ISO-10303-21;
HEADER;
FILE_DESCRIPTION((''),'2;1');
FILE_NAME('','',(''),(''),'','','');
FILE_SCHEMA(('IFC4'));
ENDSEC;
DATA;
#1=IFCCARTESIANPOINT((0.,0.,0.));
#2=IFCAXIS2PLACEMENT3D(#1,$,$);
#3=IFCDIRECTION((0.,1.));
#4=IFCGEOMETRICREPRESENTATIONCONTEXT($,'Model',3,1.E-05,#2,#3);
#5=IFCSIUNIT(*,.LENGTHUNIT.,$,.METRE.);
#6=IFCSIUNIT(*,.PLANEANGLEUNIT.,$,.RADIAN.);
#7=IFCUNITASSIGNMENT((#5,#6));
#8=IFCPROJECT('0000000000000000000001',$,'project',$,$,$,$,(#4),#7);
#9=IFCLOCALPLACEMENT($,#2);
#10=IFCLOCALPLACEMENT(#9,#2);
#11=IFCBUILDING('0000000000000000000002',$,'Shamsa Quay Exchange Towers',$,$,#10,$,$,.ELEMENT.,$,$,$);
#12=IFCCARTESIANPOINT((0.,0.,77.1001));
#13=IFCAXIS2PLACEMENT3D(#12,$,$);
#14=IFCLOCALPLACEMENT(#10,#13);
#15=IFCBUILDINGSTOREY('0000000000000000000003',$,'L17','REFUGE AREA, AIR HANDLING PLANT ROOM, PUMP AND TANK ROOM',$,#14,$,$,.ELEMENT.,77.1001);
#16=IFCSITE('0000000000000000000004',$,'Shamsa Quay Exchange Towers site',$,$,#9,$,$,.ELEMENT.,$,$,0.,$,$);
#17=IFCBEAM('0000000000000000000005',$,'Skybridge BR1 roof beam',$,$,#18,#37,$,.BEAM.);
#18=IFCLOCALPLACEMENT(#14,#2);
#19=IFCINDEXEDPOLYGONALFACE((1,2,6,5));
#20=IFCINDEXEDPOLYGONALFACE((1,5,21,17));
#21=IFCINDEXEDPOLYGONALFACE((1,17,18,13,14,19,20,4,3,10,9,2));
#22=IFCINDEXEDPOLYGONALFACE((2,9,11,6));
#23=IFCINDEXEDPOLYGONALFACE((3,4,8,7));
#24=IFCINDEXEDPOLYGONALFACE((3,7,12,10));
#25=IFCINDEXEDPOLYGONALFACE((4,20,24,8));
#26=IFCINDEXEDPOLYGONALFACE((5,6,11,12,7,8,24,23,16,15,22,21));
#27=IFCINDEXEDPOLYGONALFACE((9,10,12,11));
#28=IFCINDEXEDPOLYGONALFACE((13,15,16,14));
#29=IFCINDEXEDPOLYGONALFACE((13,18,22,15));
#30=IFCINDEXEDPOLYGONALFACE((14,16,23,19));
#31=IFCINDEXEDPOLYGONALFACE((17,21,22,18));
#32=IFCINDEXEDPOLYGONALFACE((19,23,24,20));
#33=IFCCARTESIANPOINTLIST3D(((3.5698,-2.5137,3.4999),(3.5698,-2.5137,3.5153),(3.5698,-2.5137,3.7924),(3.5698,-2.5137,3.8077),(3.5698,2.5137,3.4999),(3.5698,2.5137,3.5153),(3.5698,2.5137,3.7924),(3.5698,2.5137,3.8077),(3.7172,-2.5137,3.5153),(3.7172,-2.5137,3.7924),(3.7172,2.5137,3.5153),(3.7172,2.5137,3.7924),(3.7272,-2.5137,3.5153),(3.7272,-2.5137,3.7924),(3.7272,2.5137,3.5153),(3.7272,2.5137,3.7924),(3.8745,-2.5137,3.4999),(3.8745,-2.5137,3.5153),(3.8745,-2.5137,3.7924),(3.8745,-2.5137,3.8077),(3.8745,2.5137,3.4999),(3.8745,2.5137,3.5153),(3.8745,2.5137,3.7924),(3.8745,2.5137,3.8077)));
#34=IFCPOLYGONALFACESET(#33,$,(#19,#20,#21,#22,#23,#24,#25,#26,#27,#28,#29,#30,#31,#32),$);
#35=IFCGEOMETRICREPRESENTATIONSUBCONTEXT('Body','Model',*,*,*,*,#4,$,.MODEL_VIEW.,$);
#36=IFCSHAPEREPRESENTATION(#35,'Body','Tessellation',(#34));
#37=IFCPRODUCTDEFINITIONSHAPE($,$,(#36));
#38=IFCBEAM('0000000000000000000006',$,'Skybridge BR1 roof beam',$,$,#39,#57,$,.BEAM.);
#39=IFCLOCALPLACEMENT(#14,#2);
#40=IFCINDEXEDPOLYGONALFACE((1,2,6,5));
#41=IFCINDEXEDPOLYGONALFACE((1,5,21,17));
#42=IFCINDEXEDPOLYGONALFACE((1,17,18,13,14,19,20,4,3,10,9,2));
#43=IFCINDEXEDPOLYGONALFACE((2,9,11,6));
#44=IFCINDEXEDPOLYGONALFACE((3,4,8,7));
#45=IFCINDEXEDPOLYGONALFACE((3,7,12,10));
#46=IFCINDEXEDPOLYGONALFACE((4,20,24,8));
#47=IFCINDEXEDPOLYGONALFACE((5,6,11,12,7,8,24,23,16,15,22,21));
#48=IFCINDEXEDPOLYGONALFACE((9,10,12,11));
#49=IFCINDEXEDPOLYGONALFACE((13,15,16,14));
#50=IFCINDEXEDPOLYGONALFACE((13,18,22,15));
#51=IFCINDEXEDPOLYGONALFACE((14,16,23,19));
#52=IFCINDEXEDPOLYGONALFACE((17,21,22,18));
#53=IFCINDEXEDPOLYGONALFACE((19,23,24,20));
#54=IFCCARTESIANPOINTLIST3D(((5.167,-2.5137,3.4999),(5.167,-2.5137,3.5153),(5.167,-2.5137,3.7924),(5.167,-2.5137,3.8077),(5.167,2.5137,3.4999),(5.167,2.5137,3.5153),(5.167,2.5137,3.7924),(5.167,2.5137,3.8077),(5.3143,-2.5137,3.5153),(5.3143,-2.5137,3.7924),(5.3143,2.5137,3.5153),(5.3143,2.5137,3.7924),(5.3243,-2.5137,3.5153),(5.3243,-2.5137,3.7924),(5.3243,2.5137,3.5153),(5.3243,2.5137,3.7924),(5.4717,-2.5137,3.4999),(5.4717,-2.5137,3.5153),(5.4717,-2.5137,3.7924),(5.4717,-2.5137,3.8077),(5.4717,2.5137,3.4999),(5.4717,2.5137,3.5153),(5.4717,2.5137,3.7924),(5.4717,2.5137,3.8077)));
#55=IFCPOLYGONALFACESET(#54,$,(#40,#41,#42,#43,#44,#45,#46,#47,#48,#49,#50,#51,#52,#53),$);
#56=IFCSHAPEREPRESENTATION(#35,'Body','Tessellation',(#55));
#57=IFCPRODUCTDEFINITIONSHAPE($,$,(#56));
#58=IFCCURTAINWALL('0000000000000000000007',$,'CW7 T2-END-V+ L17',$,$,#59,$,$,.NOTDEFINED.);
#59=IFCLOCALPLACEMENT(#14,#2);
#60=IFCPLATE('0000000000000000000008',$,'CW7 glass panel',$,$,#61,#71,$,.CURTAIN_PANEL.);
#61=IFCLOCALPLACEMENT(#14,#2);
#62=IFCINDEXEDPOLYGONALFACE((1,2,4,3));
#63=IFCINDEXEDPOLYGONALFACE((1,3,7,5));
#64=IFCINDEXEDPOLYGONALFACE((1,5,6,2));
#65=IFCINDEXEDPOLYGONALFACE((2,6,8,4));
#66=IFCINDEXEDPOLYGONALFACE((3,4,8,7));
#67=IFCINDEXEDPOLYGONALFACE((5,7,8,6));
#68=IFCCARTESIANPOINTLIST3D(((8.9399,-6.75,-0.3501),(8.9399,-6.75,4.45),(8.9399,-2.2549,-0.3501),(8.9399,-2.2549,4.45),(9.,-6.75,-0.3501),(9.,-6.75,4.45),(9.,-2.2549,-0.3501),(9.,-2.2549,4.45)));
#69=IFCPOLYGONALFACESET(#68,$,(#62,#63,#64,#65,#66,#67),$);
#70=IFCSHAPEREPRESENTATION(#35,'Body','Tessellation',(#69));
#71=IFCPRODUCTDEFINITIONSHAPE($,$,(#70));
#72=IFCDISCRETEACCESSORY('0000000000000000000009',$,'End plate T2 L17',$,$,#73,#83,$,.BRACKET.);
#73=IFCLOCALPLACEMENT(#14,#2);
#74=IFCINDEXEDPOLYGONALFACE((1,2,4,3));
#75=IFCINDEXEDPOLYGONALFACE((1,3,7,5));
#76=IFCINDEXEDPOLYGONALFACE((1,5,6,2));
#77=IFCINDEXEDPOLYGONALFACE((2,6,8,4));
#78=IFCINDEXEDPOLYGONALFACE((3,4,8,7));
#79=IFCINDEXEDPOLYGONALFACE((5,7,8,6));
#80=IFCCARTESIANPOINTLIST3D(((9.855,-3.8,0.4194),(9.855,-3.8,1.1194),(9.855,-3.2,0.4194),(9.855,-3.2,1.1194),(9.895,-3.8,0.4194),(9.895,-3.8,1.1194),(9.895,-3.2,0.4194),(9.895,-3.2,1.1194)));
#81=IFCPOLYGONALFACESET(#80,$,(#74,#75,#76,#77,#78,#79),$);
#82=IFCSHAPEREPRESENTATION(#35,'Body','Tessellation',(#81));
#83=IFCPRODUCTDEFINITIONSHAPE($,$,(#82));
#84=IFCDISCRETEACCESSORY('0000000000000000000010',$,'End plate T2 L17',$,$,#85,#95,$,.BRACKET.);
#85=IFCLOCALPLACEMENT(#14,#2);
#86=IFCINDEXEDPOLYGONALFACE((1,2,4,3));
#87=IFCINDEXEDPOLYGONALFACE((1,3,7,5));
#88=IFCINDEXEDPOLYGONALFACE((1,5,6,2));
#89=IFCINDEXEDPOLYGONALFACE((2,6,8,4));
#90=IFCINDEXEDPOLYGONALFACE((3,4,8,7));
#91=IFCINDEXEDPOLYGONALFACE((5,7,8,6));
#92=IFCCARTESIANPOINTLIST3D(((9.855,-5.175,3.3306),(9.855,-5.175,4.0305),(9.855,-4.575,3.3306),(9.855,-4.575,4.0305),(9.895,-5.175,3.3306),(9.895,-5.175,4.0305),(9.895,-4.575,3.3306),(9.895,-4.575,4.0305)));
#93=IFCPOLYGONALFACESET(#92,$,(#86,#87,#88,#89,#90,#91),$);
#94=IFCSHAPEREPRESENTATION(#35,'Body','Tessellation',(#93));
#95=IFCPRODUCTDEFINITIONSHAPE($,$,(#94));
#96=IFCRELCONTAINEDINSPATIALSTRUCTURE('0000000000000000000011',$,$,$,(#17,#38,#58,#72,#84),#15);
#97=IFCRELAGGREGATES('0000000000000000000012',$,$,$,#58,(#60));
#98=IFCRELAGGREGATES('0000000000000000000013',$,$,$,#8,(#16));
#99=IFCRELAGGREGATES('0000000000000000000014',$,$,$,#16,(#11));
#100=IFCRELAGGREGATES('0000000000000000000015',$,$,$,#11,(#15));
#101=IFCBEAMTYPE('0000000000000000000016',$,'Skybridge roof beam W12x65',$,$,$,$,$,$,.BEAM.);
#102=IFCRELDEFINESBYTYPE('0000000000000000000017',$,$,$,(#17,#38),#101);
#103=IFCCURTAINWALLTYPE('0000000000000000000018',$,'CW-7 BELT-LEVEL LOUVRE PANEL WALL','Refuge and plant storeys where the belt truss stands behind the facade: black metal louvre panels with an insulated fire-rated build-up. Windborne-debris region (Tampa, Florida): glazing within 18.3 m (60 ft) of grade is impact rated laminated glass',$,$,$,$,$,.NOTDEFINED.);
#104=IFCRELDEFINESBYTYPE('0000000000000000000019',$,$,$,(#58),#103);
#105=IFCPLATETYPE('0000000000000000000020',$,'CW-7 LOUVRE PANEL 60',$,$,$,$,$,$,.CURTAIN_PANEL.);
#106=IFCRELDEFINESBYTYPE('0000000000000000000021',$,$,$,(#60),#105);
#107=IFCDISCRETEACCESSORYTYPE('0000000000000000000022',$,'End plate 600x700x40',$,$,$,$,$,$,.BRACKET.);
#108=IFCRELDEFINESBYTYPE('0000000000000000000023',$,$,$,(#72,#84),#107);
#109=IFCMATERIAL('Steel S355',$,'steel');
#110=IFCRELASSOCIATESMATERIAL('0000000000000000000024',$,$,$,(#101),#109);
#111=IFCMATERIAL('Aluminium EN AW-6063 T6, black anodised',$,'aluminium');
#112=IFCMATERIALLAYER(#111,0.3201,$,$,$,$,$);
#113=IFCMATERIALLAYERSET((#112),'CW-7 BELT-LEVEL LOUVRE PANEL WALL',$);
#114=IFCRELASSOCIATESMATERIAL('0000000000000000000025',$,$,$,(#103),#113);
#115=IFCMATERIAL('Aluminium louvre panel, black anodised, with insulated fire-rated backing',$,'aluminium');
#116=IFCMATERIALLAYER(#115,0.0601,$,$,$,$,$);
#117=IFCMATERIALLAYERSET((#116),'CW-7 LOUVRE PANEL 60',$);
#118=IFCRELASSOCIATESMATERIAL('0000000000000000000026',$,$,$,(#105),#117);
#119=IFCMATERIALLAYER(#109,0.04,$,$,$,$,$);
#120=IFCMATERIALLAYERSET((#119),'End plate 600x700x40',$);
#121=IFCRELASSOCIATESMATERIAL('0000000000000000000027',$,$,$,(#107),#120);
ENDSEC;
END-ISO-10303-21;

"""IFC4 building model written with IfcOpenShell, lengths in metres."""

from ifc_helpers import new_model, si_unit, direction, frame, origin, origin_2d, place, context, subcontext, project, spatial, rectangle, i_section, extrude, material, layer, layer_set, material_profile, profile_set, type_object, element, aggregate, save


model = new_model("IFC4")

# Units and contexts
model_context = context("Model", 3, precision=1e-05, world=origin(), true_north=direction((0.0, 1.0)))
body_context = subcontext(model_context, "Body", "Model", "MODEL_VIEW")
ifc_project = project(units=[si_unit("LENGTHUNIT", "METRE"), si_unit("PLANEANGLEUNIT", "RADIAN")], contexts=[model_context])

# Site, building, storey
site_placement = place(None, origin())
site = spatial("IfcSite", under=ifc_project, at=site_placement, Name="Shamsa Quay Exchange Towers site", CompositionType="ELEMENT", RefElevation=0.0)
building_placement = place(site_placement, origin())
building = spatial("IfcBuilding", under=site, at=building_placement, Name="Shamsa Quay Exchange Towers", CompositionType="ELEMENT")
storey_placement = place(building_placement, frame((0.0, 0.0, 77.1001)))
storey = spatial("IfcBuildingStorey", under=building, at=storey_placement, Name="L17", Description="REFUGE AREA, AIR HANDLING PLANT ROOM, PUMP AND TANK ROOM", CompositionType="ELEMENT", Elevation=77.1001)

# Shared definitions
ifc_material_1 = material(Name="Steel S355", Category="steel")

# Beams
ifc_material_profile_1 = material_profile(ifc_material_1, i_section(OverallWidth=0.3047, OverallDepth=0.3079, WebThickness=0.01, FlangeThickness=0.0154, at=origin_2d()), Name="W12x65")
ifc_profile_set_1 = profile_set([ifc_material_profile_1], Name="Steel S355")
beam_type_1 = type_object("IfcBeamType", Name="Skybridge roof beam W12x65", PredefinedType="BEAM", material=ifc_profile_set_1)
for number, where, z_axis, x_axis, name in (
    (1, (3.7222, -2.5137, 3.6538), (0.0, 1.0, 0.0), (-1.0, 0.0, 0.0), "Skybridge BR1 roof beam"),
    (2, (5.3193, -2.5137, 3.6538), (0.0, 1.0, 0.0), (-1.0, 0.0, 0.0), "Skybridge BR1 roof beam"),
):
    element("IfcBeam", number, at=place(storey_placement, frame(where, z_axis=z_axis, x_axis=x_axis)), inside=storey, type_object=beam_type_1, Name=name, PredefinedType="BEAM", context=body_context, shape_type="SweptSolid", body=[
        extrude(i_section(OverallWidth=0.3047, OverallDepth=0.3079, WebThickness=0.01, FlangeThickness=0.0154, at=origin_2d()), origin(), (0.0, 0.0, 1.0), 5.0273),
    ])

# Curtain wall, plate
ifc_material_2 = material(Name="Aluminium EN AW-6063 T6, black anodised", Category="aluminium")
ifc_layer_1 = layer(ifc_material_2, 0.3201)
ifc_layer_set_1 = layer_set([ifc_layer_1], Name="CW-7 BELT-LEVEL LOUVRE PANEL WALL")
curtain_wall_type = type_object("IfcCurtainWallType", Name="CW-7 BELT-LEVEL LOUVRE PANEL WALL", Description="Refuge and plant storeys where the belt truss stands behind the facade: black metal louvre panels with an insulated fire-rated build-up. Windborne-debris region (Tampa, Florida): glazing within 18.3 m (60 ft) of grade is impact rated laminated glass", PredefinedType="NOTDEFINED", material=ifc_layer_set_1)
curtain_wall_placement = place(storey_placement, origin())
curtain_wall = element("IfcCurtainWall", 3, at=curtain_wall_placement, inside=storey, type_object=curtain_wall_type, Name="CW7 T2-END-V+ L17", PredefinedType="NOTDEFINED")
ifc_material_3 = material(Name="Aluminium louvre panel, black anodised, with insulated fire-rated backing", Category="aluminium")
ifc_layer_2 = layer(ifc_material_3, 0.0601)
ifc_layer_set_2 = layer_set([ifc_layer_2], Name="CW-7 LOUVRE PANEL 60")
plate_type = type_object("IfcPlateType", Name="CW-7 LOUVRE PANEL 60", PredefinedType="CURTAIN_PANEL", material=ifc_layer_set_2)
plate_placement = place(storey_placement, frame((8.97, -4.5024, -0.3501), z_axis=(0.0, 0.0, 1.0), x_axis=(0.0, -1.0, 0.0)))
plate = element("IfcPlate", 4, at=plate_placement, type_object=plate_type, Name="CW7 glass panel", PredefinedType="CURTAIN_PANEL", context=body_context, shape_type="SweptSolid", body=[
    extrude(rectangle(XDim=4.4951, YDim=0.0601, at=origin_2d()), origin(), (0.0, 0.0, 1.0), 4.8),
])
aggregate(curtain_wall, [plate])

# Discrete accessories
ifc_layer_3 = layer(ifc_material_1, 0.04)
ifc_layer_set_3 = layer_set([ifc_layer_3], Name="End plate 600x700x40")
discrete_accessory_type = type_object("IfcDiscreteAccessoryType", Name="End plate 600x700x40", PredefinedType="BRACKET", material=ifc_layer_set_3)
for number, where, z_axis, x_axis, name in (
    (5, (9.875, -3.5, 0.4194), (0.0, 0.0, 1.0), (0.0, -1.0, 0.0), "End plate T2 L17"),
    (6, (9.875, -4.875, 3.3306), (0.0, 0.0, 1.0), (0.0, -1.0, 0.0), "End plate T2 L17"),
):
    element("IfcDiscreteAccessory", number, at=place(storey_placement, frame(where, z_axis=z_axis, x_axis=x_axis)), inside=storey, type_object=discrete_accessory_type, Name=name, PredefinedType="BRACKET", context=body_context, shape_type="SweptSolid", body=[
        extrude(rectangle(XDim=0.6001, YDim=0.04, at=origin_2d()), origin(), (0.0, 0.0, 1.0), 0.7),
    ])

save(model, "model.ifc")
